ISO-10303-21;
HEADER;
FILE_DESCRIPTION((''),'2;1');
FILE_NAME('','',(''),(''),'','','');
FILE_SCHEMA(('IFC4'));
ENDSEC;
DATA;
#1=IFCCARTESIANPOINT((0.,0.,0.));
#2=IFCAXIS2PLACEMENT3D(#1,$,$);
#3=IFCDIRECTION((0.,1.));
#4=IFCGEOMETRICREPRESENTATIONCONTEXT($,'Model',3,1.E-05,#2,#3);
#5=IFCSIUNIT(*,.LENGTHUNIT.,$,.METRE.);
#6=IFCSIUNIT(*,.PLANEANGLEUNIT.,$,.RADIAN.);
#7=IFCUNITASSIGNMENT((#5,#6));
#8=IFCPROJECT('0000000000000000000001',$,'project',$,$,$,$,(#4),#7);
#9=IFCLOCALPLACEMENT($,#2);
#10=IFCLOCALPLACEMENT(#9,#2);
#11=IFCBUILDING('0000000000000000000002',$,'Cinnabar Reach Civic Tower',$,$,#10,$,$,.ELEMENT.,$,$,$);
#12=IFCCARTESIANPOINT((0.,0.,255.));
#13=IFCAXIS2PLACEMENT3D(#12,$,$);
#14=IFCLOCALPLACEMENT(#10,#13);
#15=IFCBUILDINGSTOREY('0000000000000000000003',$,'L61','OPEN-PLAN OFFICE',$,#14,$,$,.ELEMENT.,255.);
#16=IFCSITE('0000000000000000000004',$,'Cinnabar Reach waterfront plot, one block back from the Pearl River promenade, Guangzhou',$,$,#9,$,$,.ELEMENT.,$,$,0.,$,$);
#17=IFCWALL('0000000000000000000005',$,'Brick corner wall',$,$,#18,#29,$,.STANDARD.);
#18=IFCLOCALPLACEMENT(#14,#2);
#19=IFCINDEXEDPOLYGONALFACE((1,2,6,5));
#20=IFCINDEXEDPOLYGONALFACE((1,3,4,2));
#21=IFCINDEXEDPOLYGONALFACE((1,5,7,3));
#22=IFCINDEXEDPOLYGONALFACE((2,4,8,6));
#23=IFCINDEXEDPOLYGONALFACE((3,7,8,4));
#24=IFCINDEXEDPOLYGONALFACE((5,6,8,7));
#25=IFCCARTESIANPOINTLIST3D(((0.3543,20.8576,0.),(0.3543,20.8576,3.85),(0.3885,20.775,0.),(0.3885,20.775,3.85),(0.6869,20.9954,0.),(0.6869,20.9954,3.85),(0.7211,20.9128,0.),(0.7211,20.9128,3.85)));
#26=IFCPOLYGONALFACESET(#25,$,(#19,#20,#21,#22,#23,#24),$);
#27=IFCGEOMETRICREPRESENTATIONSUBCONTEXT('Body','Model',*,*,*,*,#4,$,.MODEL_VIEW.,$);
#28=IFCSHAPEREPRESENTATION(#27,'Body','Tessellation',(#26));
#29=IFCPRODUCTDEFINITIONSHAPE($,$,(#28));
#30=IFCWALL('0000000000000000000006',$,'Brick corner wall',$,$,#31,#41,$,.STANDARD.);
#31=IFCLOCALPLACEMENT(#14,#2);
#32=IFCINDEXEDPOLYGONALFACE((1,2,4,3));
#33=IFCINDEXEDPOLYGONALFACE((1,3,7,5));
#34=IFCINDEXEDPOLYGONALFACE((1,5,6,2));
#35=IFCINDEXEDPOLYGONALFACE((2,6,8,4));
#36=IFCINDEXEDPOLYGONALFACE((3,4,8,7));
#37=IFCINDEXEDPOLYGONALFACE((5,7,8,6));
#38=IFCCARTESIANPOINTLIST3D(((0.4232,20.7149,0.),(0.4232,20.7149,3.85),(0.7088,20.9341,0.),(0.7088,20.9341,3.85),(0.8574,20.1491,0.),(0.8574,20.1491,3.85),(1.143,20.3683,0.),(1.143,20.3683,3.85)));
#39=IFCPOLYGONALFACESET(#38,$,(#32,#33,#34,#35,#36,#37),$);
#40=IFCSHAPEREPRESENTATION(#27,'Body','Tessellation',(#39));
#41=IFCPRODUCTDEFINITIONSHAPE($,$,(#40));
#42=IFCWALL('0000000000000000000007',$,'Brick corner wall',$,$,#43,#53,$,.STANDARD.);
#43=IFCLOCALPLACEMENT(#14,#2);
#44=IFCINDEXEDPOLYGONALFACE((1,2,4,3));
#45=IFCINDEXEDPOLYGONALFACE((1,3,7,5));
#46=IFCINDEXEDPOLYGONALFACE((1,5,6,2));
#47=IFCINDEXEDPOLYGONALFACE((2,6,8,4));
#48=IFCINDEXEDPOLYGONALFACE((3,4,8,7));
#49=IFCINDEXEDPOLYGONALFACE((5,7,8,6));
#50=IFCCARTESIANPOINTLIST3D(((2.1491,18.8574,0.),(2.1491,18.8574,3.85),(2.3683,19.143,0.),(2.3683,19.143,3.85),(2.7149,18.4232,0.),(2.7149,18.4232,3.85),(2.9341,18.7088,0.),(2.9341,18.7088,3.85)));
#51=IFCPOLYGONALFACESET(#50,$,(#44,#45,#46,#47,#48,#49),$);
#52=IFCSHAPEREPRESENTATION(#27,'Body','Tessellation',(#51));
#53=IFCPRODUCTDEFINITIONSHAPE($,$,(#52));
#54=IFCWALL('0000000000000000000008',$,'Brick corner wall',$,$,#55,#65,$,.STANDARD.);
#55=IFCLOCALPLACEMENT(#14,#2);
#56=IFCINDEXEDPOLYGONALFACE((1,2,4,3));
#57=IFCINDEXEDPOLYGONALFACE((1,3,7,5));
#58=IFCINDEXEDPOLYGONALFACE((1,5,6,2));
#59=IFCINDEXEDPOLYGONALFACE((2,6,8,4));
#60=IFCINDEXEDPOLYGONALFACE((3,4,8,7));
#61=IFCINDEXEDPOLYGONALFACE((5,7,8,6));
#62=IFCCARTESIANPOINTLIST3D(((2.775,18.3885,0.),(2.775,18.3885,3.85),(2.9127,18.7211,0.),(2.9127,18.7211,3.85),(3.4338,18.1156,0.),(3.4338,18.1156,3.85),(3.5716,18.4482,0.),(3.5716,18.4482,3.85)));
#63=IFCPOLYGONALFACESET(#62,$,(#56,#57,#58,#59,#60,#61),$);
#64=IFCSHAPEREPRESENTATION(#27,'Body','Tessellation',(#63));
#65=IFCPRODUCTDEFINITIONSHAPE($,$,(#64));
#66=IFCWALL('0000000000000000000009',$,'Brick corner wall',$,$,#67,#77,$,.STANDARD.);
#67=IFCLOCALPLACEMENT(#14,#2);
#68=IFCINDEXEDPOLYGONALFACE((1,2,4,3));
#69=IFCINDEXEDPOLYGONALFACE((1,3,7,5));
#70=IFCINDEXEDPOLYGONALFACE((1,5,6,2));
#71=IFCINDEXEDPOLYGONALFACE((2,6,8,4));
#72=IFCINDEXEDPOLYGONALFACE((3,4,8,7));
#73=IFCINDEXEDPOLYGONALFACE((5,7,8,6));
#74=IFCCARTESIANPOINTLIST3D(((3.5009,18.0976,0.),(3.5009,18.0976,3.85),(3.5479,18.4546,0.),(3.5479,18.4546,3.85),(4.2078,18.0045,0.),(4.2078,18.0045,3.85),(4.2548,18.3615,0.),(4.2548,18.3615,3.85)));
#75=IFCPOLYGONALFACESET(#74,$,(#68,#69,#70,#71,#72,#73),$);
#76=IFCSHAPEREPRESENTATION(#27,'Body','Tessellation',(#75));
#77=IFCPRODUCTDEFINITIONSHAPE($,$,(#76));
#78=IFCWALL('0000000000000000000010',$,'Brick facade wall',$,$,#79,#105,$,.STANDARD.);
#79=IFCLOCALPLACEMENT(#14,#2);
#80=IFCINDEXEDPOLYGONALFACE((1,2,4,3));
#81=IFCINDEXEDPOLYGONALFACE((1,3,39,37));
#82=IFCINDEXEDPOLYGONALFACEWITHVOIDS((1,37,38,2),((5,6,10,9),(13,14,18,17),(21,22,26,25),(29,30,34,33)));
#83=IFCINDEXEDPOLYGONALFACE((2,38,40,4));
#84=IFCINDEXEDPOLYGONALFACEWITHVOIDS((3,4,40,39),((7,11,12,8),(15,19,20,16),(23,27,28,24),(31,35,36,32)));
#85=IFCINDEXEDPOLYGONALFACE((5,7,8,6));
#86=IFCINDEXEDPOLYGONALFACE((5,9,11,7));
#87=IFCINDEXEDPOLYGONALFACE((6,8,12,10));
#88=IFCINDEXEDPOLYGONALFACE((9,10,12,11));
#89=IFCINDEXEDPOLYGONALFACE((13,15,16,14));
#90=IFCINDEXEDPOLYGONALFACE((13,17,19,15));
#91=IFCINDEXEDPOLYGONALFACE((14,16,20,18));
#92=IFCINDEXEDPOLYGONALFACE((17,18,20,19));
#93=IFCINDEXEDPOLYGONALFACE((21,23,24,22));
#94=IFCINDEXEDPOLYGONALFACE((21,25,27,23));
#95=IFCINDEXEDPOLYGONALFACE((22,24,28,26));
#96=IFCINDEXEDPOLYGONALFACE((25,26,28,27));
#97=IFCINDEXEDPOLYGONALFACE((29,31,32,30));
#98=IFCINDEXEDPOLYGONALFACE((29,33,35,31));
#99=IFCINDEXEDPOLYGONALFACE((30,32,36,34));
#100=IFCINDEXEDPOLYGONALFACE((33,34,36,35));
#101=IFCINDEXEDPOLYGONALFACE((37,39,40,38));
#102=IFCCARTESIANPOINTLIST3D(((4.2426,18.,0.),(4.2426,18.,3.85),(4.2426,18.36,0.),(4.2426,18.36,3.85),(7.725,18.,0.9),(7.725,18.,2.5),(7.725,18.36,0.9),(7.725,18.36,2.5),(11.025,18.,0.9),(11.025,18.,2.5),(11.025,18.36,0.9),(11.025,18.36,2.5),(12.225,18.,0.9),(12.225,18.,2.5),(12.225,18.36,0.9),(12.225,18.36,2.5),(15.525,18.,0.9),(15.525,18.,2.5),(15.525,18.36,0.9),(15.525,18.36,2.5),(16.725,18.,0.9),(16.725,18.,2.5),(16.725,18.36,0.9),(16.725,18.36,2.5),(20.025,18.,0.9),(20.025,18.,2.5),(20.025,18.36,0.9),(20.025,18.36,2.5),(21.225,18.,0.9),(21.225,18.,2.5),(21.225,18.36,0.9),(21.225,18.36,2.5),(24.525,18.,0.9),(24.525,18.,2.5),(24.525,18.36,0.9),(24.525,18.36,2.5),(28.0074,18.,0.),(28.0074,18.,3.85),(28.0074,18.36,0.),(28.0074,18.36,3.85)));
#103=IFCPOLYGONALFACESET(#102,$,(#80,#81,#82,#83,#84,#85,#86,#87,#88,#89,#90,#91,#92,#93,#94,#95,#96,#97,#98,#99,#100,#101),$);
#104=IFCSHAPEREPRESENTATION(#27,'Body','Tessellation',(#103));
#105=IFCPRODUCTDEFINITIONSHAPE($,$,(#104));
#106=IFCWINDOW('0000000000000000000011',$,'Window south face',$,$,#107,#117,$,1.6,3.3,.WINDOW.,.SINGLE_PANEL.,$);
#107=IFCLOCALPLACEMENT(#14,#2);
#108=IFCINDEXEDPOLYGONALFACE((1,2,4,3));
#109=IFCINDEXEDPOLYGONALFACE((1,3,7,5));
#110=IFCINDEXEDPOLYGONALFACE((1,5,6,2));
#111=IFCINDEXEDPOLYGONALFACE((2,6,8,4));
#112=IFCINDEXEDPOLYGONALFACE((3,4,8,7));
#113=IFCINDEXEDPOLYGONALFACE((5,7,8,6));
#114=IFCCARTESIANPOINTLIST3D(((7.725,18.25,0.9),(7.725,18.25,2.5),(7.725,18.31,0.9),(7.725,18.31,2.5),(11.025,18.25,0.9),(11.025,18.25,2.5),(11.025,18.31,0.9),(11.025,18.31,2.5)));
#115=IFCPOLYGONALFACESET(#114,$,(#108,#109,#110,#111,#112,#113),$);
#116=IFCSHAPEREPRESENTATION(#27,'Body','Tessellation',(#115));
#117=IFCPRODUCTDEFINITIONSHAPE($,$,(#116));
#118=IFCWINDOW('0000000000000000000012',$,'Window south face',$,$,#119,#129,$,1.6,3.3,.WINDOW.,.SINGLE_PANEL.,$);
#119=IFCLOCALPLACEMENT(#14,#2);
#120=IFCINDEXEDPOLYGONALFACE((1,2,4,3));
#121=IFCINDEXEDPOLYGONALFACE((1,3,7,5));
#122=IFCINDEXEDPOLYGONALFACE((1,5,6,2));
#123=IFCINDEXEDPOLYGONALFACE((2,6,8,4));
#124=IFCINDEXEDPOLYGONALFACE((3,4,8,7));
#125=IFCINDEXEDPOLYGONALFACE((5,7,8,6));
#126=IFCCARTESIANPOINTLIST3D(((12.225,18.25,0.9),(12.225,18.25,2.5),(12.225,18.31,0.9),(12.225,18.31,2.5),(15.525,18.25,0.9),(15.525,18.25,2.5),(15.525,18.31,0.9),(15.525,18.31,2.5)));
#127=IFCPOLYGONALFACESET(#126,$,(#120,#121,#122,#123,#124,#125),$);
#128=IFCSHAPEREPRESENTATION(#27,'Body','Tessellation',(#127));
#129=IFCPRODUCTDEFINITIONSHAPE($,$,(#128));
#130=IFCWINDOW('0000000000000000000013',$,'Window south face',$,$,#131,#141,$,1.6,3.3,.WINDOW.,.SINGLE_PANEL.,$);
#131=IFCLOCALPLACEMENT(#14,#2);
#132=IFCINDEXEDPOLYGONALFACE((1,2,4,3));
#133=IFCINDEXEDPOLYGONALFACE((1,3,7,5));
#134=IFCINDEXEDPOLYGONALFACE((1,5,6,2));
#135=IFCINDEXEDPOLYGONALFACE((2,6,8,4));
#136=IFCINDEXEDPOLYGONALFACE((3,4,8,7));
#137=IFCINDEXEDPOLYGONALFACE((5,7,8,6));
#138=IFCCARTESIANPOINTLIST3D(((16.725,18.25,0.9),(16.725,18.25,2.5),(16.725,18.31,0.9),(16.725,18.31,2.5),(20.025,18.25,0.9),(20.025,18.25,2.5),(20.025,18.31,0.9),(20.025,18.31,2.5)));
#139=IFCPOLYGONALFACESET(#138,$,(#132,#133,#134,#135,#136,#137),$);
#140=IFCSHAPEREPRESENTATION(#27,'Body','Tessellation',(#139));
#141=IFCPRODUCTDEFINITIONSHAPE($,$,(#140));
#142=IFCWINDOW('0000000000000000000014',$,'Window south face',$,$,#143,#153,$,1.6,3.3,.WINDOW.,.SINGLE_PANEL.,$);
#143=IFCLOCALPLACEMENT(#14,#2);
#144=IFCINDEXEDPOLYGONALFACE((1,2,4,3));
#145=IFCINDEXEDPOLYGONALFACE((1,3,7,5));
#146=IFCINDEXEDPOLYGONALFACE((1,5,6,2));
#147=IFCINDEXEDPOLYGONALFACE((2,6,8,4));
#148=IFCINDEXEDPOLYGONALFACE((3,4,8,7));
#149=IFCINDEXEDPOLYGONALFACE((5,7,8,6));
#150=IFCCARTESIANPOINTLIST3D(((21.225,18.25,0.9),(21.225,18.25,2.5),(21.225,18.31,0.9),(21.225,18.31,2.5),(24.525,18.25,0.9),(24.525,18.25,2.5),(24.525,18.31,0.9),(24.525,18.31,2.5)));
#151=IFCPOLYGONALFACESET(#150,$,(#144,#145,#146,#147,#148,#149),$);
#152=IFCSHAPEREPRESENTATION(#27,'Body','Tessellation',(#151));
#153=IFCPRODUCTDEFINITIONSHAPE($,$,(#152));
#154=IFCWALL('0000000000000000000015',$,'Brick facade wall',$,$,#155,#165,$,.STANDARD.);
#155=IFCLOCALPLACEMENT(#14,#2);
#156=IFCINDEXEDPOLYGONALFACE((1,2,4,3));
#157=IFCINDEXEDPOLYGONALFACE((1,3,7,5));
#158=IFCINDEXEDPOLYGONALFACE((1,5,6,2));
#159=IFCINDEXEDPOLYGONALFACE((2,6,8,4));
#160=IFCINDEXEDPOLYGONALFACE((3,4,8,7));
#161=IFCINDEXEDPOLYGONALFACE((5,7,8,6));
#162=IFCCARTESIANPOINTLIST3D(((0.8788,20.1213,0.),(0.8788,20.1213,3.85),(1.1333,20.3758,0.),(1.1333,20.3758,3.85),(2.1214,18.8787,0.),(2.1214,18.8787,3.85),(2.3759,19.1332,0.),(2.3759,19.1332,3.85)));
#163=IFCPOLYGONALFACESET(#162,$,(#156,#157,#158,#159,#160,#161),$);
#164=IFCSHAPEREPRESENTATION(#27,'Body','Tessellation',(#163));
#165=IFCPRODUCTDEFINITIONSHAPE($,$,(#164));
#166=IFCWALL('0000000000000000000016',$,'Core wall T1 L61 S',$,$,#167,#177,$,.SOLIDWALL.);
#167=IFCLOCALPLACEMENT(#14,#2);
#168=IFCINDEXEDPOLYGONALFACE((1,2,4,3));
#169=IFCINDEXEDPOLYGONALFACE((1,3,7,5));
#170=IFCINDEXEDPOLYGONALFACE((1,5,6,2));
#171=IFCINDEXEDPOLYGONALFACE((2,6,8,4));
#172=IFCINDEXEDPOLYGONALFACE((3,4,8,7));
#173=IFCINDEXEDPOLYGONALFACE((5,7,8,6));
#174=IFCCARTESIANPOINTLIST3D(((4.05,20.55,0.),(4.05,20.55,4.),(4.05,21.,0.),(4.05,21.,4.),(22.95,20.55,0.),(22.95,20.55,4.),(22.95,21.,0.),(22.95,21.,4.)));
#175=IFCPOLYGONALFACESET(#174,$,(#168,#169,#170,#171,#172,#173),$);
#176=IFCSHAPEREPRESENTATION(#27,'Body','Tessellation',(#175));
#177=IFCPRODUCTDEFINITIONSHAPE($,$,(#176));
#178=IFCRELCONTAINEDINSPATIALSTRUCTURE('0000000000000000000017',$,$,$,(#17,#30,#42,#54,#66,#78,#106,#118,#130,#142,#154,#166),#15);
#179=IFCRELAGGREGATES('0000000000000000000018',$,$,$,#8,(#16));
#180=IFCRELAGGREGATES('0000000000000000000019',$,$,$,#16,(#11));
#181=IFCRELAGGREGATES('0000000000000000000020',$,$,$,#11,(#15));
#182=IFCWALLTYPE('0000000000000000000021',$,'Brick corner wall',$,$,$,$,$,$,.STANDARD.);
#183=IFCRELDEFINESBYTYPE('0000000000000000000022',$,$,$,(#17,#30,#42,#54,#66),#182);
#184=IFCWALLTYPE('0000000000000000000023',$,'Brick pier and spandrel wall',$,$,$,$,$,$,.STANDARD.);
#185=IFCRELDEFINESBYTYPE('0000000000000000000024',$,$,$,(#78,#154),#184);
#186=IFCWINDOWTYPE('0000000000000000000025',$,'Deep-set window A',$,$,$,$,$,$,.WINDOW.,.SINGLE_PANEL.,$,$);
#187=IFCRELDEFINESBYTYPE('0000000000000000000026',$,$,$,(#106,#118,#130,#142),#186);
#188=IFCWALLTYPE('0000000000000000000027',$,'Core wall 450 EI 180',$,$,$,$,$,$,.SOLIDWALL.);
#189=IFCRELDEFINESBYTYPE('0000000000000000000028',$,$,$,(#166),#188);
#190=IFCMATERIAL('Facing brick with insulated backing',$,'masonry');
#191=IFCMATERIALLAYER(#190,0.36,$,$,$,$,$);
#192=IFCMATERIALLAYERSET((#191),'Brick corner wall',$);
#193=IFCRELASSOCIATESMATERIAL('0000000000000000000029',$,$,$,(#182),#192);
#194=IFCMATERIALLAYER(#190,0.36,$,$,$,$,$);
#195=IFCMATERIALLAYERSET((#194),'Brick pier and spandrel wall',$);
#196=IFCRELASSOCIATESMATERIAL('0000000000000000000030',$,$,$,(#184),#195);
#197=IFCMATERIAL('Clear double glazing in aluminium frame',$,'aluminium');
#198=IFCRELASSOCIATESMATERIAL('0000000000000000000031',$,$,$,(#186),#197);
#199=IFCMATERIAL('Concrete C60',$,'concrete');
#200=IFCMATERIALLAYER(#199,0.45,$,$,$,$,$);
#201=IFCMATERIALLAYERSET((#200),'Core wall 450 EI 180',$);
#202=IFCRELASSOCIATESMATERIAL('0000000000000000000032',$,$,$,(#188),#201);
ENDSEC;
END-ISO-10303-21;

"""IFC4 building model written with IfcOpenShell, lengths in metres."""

from ifc_helpers import new_model, si_unit, direction, frame, frame_2d, origin, place, context, subcontext, project, spatial, rectangle, extrude, material, layer, layer_set, type_object, element, fill, save


model = new_model("IFC4")

# Units and contexts
model_context = context("Model", 3, precision=1e-05, world=origin(), true_north=direction((0.0, 1.0)))
body_context = subcontext(model_context, "Body", "Model", "MODEL_VIEW")
ifc_project = project(units=[si_unit("LENGTHUNIT", "METRE"), si_unit("PLANEANGLEUNIT", "RADIAN")], contexts=[model_context])

# Site, building, storey
site_placement = place(None, origin())
site = spatial("IfcSite", under=ifc_project, at=site_placement, Name="Cinnabar Reach waterfront plot, one block back from the Pearl River promenade, Guangzhou", CompositionType="ELEMENT", RefElevation=0.0)
building_placement = place(site_placement, origin())
building = spatial("IfcBuilding", under=site, at=building_placement, Name="Cinnabar Reach Civic Tower", CompositionType="ELEMENT")
storey_placement = place(building_placement, frame((0.0, 0.0, 255.0)))
storey = spatial("IfcBuildingStorey", under=building, at=storey_placement, Name="L61", Description="OPEN-PLAN OFFICE", CompositionType="ELEMENT", Elevation=255.0)

# Shared definitions
ifc_material_1 = material(Name="Concrete C60", Category="concrete")

# Walls
ifc_material_2 = material(Name="Facing brick with insulated backing", Category="masonry")
ifc_layer_1 = layer(ifc_material_2, 0.36)
ifc_layer_set_1 = layer_set([ifc_layer_1], Name="Brick corner wall")
wall_type_1 = type_object("IfcWallType", Name="Brick corner wall", PredefinedType="STANDARD", material=ifc_layer_set_1)
wall_1_placement = place(storey_placement, frame((0.5206, 20.9265, 0.0), z_axis=(0.0, 0.0, 1.0), x_axis=(0.382549, -0.923935, 0.0)))
element("IfcWall", 1, at=wall_1_placement, inside=storey, type_object=wall_type_1, Name="Brick corner wall", PredefinedType="STANDARD", context=body_context, shape_type="SweptSolid", body=[
    extrude(rectangle(XDim=0.0894, YDim=0.36, at=frame_2d((0.0447, 0.0))), origin(), (0.0, 0.0, 1.0), 3.85),
])
for number, where, z_axis, x_axis, name in (
    (2, (0.566, 20.8245, 0.0), (0.0, 0.0, 1.0), (0.608802, -0.793322, 0.0), "Brick corner wall"),
    (3, (2.2587, 19.0002, 0.0), (0.0, 0.0, 1.0), (0.793322, -0.608802, 0.0), "Brick corner wall"),
):
    element("IfcWall", number, at=place(storey_placement, frame(where, z_axis=z_axis, x_axis=x_axis)), inside=storey, type_object=wall_type_1, Name=name, PredefinedType="STANDARD", context=body_context, shape_type="SweptSolid", body=[
        extrude(rectangle(XDim=0.7132, YDim=0.36, at=frame_2d((0.3566, 0.0))), origin(), (0.0, 0.0, 1.0), 3.85),
    ])
for number, where, z_axis, x_axis, name in (
    (4, (2.8439, 18.5548, 0.0), (0.0, 0.0, 1.0), (0.923872, -0.382703, 0.0), "Brick corner wall"),
    (5, (3.5244, 18.2761, 0.0), (0.0, 0.0, 1.0), (0.991441, -0.130556, 0.0), "Brick corner wall"),
):
    element("IfcWall", number, at=place(storey_placement, frame(where, z_axis=z_axis, x_axis=x_axis)), inside=storey, type_object=wall_type_1, Name=name, PredefinedType="STANDARD", context=body_context, shape_type="SweptSolid", body=[
        extrude(rectangle(XDim=0.7131, YDim=0.36, at=frame_2d((0.3565, 0.0))), origin(), (0.0, 0.0, 1.0), 3.85),
    ])

# Wall, openings, windows
ifc_layer_2 = layer(ifc_material_2, 0.36)
ifc_layer_set_2 = layer_set([ifc_layer_2], Name="Brick pier and spandrel wall")
wall_type_2 = type_object("IfcWallType", Name="Brick pier and spandrel wall", PredefinedType="STANDARD", material=ifc_layer_set_2)
wall_2_placement = place(storey_placement, frame((4.2426, 18.18, 0.0), z_axis=(0.0, 0.0, 1.0), x_axis=(1.0, 0.0, 0.0)))
wall_2 = element("IfcWall", 6, at=wall_2_placement, inside=storey, type_object=wall_type_2, Name="Brick facade wall", PredefinedType="STANDARD", context=body_context, shape_type="SweptSolid", body=[
    extrude(rectangle(XDim=23.7648, YDim=0.36, at=frame_2d((11.8824, 0.0))), origin(), (0.0, 0.0, 1.0), 3.85),
])
opening_1_placement = place(wall_2_placement, frame((3.4824, 0.0, 0.9)))
opening_1 = element("IfcOpeningElement", 7, at=opening_1_placement, cuts=wall_2, PredefinedType="OPENING", context=body_context, shape_type="SweptSolid", body=[
    extrude(rectangle(XDim=3.3, YDim=1.6, at=frame_2d((1.65, 0.8))), frame((0.0, 0.19, 0.0), z_axis=(0.0, -1.0, 0.0), x_axis=(1.0, 0.0, 0.0)), (0.0, 0.0, 1.0), 0.38),
])
opening_2_placement = place(wall_2_placement, frame((7.9824, 0.0, 0.9)))
opening_2 = element("IfcOpeningElement", 8, at=opening_2_placement, cuts=wall_2, PredefinedType="OPENING", context=body_context, shape_type="SweptSolid", body=[
    extrude(rectangle(XDim=3.3, YDim=1.6, at=frame_2d((1.65, 0.8))), frame((0.0, 0.19, 0.0), z_axis=(0.0, -1.0, 0.0), x_axis=(1.0, 0.0, 0.0)), (0.0, 0.0, 1.0), 0.38),
])
opening_3_placement = place(wall_2_placement, frame((12.4824, 0.0, 0.9)))
opening_3 = element("IfcOpeningElement", 9, at=opening_3_placement, cuts=wall_2, PredefinedType="OPENING", context=body_context, shape_type="SweptSolid", body=[
    extrude(rectangle(XDim=3.3, YDim=1.6, at=frame_2d((1.65, 0.8))), frame((0.0, 0.19, 0.0), z_axis=(0.0, -1.0, 0.0), x_axis=(1.0, 0.0, 0.0)), (0.0, 0.0, 1.0), 0.38),
])
opening_4_placement = place(wall_2_placement, frame((16.9824, 0.0, 0.9)))
opening_4 = element("IfcOpeningElement", 10, at=opening_4_placement, cuts=wall_2, PredefinedType="OPENING", context=body_context, shape_type="SweptSolid", body=[
    extrude(rectangle(XDim=3.3, YDim=1.6, at=frame_2d((1.65, 0.8))), frame((0.0, 0.19, 0.0), z_axis=(0.0, -1.0, 0.0), x_axis=(1.0, 0.0, 0.0)), (0.0, 0.0, 1.0), 0.38),
])
ifc_material_3 = material(Name="Clear double glazing in aluminium frame", Category="aluminium")
window_type = type_object("IfcWindowType", Name="Deep-set window A", PartitioningType="SINGLE_PANEL", PredefinedType="WINDOW", material=ifc_material_3)
window_1_placement = place(opening_1_placement, origin())
window_1 = element("IfcWindow", 11, at=window_1_placement, inside=storey, type_object=window_type, Name="Window south face", OverallHeight=1.6, OverallWidth=3.3, PartitioningType="SINGLE_PANEL", PredefinedType="WINDOW", context=body_context, shape_type="SweptSolid", body=[
    extrude(rectangle(XDim=3.3, YDim=1.6, at=frame_2d((1.65, 0.8))), frame((0.0, 0.13, 0.0), z_axis=(0.0, -1.0, 0.0), x_axis=(1.0, 0.0, 0.0)), (0.0, 0.0, 1.0), 0.06),
])
fill(opening_1, window_1)
window_2_placement = place(opening_2_placement, origin())
window_2 = element("IfcWindow", 12, at=window_2_placement, inside=storey, type_object=window_type, Name="Window south face", OverallHeight=1.6, OverallWidth=3.3, PartitioningType="SINGLE_PANEL", PredefinedType="WINDOW", context=body_context, shape_type="SweptSolid", body=[
    extrude(rectangle(XDim=3.3, YDim=1.6, at=frame_2d((1.65, 0.8))), frame((0.0, 0.13, 0.0), z_axis=(0.0, -1.0, 0.0), x_axis=(1.0, 0.0, 0.0)), (0.0, 0.0, 1.0), 0.06),
])
fill(opening_2, window_2)
window_3_placement = place(opening_3_placement, origin())
window_3 = element("IfcWindow", 13, at=window_3_placement, inside=storey, type_object=window_type, Name="Window south face", OverallHeight=1.6, OverallWidth=3.3, PartitioningType="SINGLE_PANEL", PredefinedType="WINDOW", context=body_context, shape_type="SweptSolid", body=[
    extrude(rectangle(XDim=3.3, YDim=1.6, at=frame_2d((1.65, 0.8))), frame((0.0, 0.13, 0.0), z_axis=(0.0, -1.0, 0.0), x_axis=(1.0, 0.0, 0.0)), (0.0, 0.0, 1.0), 0.06),
])
fill(opening_3, window_3)
window_4_placement = place(opening_4_placement, origin())
window_4 = element("IfcWindow", 14, at=window_4_placement, inside=storey, type_object=window_type, Name="Window south face", OverallHeight=1.6, OverallWidth=3.3, PartitioningType="SINGLE_PANEL", PredefinedType="WINDOW", context=body_context, shape_type="SweptSolid", body=[
    extrude(rectangle(XDim=3.3, YDim=1.6, at=frame_2d((1.65, 0.8))), frame((0.0, 0.13, 0.0), z_axis=(0.0, -1.0, 0.0), x_axis=(1.0, 0.0, 0.0)), (0.0, 0.0, 1.0), 0.06),
])
fill(opening_4, window_4)

# Walls
wall_3_placement = place(storey_placement, frame((1.006, 20.2486, 0.0), z_axis=(0.0, 0.0, 1.0), x_axis=(0.707107, -0.707107, 0.0)))
element("IfcWall", 15, at=wall_3_placement, inside=storey, type_object=wall_type_2, Name="Brick facade wall", PredefinedType="STANDARD", context=body_context, shape_type="SweptSolid", body=[
    extrude(rectangle(XDim=1.7573, YDim=0.36, at=frame_2d((0.8787, 0.0))), origin(), (0.0, 0.0, 1.0), 3.85),
])
ifc_layer_3 = layer(ifc_material_1, 0.45)
ifc_layer_set_3 = layer_set([ifc_layer_3], Name="Core wall 450 EI 180")
wall_type_3 = type_object("IfcWallType", Name="Core wall 450 EI 180", PredefinedType="SOLIDWALL", material=ifc_layer_set_3)
wall_4_placement = place(storey_placement, frame((4.05, 20.775, 0.0), z_axis=(0.0, 0.0, 1.0), x_axis=(1.0, 0.0, 0.0)))
element("IfcWall", 16, at=wall_4_placement, inside=storey, type_object=wall_type_3, Name="Core wall T1 L61 S", PredefinedType="SOLIDWALL", context=body_context, shape_type="SweptSolid", body=[
    extrude(rectangle(XDim=18.9, YDim=0.45, at=frame_2d((9.45, 0.0))), origin(), (0.0, 0.0, 1.0), 4.0),
])

save(model, "model.ifc")
